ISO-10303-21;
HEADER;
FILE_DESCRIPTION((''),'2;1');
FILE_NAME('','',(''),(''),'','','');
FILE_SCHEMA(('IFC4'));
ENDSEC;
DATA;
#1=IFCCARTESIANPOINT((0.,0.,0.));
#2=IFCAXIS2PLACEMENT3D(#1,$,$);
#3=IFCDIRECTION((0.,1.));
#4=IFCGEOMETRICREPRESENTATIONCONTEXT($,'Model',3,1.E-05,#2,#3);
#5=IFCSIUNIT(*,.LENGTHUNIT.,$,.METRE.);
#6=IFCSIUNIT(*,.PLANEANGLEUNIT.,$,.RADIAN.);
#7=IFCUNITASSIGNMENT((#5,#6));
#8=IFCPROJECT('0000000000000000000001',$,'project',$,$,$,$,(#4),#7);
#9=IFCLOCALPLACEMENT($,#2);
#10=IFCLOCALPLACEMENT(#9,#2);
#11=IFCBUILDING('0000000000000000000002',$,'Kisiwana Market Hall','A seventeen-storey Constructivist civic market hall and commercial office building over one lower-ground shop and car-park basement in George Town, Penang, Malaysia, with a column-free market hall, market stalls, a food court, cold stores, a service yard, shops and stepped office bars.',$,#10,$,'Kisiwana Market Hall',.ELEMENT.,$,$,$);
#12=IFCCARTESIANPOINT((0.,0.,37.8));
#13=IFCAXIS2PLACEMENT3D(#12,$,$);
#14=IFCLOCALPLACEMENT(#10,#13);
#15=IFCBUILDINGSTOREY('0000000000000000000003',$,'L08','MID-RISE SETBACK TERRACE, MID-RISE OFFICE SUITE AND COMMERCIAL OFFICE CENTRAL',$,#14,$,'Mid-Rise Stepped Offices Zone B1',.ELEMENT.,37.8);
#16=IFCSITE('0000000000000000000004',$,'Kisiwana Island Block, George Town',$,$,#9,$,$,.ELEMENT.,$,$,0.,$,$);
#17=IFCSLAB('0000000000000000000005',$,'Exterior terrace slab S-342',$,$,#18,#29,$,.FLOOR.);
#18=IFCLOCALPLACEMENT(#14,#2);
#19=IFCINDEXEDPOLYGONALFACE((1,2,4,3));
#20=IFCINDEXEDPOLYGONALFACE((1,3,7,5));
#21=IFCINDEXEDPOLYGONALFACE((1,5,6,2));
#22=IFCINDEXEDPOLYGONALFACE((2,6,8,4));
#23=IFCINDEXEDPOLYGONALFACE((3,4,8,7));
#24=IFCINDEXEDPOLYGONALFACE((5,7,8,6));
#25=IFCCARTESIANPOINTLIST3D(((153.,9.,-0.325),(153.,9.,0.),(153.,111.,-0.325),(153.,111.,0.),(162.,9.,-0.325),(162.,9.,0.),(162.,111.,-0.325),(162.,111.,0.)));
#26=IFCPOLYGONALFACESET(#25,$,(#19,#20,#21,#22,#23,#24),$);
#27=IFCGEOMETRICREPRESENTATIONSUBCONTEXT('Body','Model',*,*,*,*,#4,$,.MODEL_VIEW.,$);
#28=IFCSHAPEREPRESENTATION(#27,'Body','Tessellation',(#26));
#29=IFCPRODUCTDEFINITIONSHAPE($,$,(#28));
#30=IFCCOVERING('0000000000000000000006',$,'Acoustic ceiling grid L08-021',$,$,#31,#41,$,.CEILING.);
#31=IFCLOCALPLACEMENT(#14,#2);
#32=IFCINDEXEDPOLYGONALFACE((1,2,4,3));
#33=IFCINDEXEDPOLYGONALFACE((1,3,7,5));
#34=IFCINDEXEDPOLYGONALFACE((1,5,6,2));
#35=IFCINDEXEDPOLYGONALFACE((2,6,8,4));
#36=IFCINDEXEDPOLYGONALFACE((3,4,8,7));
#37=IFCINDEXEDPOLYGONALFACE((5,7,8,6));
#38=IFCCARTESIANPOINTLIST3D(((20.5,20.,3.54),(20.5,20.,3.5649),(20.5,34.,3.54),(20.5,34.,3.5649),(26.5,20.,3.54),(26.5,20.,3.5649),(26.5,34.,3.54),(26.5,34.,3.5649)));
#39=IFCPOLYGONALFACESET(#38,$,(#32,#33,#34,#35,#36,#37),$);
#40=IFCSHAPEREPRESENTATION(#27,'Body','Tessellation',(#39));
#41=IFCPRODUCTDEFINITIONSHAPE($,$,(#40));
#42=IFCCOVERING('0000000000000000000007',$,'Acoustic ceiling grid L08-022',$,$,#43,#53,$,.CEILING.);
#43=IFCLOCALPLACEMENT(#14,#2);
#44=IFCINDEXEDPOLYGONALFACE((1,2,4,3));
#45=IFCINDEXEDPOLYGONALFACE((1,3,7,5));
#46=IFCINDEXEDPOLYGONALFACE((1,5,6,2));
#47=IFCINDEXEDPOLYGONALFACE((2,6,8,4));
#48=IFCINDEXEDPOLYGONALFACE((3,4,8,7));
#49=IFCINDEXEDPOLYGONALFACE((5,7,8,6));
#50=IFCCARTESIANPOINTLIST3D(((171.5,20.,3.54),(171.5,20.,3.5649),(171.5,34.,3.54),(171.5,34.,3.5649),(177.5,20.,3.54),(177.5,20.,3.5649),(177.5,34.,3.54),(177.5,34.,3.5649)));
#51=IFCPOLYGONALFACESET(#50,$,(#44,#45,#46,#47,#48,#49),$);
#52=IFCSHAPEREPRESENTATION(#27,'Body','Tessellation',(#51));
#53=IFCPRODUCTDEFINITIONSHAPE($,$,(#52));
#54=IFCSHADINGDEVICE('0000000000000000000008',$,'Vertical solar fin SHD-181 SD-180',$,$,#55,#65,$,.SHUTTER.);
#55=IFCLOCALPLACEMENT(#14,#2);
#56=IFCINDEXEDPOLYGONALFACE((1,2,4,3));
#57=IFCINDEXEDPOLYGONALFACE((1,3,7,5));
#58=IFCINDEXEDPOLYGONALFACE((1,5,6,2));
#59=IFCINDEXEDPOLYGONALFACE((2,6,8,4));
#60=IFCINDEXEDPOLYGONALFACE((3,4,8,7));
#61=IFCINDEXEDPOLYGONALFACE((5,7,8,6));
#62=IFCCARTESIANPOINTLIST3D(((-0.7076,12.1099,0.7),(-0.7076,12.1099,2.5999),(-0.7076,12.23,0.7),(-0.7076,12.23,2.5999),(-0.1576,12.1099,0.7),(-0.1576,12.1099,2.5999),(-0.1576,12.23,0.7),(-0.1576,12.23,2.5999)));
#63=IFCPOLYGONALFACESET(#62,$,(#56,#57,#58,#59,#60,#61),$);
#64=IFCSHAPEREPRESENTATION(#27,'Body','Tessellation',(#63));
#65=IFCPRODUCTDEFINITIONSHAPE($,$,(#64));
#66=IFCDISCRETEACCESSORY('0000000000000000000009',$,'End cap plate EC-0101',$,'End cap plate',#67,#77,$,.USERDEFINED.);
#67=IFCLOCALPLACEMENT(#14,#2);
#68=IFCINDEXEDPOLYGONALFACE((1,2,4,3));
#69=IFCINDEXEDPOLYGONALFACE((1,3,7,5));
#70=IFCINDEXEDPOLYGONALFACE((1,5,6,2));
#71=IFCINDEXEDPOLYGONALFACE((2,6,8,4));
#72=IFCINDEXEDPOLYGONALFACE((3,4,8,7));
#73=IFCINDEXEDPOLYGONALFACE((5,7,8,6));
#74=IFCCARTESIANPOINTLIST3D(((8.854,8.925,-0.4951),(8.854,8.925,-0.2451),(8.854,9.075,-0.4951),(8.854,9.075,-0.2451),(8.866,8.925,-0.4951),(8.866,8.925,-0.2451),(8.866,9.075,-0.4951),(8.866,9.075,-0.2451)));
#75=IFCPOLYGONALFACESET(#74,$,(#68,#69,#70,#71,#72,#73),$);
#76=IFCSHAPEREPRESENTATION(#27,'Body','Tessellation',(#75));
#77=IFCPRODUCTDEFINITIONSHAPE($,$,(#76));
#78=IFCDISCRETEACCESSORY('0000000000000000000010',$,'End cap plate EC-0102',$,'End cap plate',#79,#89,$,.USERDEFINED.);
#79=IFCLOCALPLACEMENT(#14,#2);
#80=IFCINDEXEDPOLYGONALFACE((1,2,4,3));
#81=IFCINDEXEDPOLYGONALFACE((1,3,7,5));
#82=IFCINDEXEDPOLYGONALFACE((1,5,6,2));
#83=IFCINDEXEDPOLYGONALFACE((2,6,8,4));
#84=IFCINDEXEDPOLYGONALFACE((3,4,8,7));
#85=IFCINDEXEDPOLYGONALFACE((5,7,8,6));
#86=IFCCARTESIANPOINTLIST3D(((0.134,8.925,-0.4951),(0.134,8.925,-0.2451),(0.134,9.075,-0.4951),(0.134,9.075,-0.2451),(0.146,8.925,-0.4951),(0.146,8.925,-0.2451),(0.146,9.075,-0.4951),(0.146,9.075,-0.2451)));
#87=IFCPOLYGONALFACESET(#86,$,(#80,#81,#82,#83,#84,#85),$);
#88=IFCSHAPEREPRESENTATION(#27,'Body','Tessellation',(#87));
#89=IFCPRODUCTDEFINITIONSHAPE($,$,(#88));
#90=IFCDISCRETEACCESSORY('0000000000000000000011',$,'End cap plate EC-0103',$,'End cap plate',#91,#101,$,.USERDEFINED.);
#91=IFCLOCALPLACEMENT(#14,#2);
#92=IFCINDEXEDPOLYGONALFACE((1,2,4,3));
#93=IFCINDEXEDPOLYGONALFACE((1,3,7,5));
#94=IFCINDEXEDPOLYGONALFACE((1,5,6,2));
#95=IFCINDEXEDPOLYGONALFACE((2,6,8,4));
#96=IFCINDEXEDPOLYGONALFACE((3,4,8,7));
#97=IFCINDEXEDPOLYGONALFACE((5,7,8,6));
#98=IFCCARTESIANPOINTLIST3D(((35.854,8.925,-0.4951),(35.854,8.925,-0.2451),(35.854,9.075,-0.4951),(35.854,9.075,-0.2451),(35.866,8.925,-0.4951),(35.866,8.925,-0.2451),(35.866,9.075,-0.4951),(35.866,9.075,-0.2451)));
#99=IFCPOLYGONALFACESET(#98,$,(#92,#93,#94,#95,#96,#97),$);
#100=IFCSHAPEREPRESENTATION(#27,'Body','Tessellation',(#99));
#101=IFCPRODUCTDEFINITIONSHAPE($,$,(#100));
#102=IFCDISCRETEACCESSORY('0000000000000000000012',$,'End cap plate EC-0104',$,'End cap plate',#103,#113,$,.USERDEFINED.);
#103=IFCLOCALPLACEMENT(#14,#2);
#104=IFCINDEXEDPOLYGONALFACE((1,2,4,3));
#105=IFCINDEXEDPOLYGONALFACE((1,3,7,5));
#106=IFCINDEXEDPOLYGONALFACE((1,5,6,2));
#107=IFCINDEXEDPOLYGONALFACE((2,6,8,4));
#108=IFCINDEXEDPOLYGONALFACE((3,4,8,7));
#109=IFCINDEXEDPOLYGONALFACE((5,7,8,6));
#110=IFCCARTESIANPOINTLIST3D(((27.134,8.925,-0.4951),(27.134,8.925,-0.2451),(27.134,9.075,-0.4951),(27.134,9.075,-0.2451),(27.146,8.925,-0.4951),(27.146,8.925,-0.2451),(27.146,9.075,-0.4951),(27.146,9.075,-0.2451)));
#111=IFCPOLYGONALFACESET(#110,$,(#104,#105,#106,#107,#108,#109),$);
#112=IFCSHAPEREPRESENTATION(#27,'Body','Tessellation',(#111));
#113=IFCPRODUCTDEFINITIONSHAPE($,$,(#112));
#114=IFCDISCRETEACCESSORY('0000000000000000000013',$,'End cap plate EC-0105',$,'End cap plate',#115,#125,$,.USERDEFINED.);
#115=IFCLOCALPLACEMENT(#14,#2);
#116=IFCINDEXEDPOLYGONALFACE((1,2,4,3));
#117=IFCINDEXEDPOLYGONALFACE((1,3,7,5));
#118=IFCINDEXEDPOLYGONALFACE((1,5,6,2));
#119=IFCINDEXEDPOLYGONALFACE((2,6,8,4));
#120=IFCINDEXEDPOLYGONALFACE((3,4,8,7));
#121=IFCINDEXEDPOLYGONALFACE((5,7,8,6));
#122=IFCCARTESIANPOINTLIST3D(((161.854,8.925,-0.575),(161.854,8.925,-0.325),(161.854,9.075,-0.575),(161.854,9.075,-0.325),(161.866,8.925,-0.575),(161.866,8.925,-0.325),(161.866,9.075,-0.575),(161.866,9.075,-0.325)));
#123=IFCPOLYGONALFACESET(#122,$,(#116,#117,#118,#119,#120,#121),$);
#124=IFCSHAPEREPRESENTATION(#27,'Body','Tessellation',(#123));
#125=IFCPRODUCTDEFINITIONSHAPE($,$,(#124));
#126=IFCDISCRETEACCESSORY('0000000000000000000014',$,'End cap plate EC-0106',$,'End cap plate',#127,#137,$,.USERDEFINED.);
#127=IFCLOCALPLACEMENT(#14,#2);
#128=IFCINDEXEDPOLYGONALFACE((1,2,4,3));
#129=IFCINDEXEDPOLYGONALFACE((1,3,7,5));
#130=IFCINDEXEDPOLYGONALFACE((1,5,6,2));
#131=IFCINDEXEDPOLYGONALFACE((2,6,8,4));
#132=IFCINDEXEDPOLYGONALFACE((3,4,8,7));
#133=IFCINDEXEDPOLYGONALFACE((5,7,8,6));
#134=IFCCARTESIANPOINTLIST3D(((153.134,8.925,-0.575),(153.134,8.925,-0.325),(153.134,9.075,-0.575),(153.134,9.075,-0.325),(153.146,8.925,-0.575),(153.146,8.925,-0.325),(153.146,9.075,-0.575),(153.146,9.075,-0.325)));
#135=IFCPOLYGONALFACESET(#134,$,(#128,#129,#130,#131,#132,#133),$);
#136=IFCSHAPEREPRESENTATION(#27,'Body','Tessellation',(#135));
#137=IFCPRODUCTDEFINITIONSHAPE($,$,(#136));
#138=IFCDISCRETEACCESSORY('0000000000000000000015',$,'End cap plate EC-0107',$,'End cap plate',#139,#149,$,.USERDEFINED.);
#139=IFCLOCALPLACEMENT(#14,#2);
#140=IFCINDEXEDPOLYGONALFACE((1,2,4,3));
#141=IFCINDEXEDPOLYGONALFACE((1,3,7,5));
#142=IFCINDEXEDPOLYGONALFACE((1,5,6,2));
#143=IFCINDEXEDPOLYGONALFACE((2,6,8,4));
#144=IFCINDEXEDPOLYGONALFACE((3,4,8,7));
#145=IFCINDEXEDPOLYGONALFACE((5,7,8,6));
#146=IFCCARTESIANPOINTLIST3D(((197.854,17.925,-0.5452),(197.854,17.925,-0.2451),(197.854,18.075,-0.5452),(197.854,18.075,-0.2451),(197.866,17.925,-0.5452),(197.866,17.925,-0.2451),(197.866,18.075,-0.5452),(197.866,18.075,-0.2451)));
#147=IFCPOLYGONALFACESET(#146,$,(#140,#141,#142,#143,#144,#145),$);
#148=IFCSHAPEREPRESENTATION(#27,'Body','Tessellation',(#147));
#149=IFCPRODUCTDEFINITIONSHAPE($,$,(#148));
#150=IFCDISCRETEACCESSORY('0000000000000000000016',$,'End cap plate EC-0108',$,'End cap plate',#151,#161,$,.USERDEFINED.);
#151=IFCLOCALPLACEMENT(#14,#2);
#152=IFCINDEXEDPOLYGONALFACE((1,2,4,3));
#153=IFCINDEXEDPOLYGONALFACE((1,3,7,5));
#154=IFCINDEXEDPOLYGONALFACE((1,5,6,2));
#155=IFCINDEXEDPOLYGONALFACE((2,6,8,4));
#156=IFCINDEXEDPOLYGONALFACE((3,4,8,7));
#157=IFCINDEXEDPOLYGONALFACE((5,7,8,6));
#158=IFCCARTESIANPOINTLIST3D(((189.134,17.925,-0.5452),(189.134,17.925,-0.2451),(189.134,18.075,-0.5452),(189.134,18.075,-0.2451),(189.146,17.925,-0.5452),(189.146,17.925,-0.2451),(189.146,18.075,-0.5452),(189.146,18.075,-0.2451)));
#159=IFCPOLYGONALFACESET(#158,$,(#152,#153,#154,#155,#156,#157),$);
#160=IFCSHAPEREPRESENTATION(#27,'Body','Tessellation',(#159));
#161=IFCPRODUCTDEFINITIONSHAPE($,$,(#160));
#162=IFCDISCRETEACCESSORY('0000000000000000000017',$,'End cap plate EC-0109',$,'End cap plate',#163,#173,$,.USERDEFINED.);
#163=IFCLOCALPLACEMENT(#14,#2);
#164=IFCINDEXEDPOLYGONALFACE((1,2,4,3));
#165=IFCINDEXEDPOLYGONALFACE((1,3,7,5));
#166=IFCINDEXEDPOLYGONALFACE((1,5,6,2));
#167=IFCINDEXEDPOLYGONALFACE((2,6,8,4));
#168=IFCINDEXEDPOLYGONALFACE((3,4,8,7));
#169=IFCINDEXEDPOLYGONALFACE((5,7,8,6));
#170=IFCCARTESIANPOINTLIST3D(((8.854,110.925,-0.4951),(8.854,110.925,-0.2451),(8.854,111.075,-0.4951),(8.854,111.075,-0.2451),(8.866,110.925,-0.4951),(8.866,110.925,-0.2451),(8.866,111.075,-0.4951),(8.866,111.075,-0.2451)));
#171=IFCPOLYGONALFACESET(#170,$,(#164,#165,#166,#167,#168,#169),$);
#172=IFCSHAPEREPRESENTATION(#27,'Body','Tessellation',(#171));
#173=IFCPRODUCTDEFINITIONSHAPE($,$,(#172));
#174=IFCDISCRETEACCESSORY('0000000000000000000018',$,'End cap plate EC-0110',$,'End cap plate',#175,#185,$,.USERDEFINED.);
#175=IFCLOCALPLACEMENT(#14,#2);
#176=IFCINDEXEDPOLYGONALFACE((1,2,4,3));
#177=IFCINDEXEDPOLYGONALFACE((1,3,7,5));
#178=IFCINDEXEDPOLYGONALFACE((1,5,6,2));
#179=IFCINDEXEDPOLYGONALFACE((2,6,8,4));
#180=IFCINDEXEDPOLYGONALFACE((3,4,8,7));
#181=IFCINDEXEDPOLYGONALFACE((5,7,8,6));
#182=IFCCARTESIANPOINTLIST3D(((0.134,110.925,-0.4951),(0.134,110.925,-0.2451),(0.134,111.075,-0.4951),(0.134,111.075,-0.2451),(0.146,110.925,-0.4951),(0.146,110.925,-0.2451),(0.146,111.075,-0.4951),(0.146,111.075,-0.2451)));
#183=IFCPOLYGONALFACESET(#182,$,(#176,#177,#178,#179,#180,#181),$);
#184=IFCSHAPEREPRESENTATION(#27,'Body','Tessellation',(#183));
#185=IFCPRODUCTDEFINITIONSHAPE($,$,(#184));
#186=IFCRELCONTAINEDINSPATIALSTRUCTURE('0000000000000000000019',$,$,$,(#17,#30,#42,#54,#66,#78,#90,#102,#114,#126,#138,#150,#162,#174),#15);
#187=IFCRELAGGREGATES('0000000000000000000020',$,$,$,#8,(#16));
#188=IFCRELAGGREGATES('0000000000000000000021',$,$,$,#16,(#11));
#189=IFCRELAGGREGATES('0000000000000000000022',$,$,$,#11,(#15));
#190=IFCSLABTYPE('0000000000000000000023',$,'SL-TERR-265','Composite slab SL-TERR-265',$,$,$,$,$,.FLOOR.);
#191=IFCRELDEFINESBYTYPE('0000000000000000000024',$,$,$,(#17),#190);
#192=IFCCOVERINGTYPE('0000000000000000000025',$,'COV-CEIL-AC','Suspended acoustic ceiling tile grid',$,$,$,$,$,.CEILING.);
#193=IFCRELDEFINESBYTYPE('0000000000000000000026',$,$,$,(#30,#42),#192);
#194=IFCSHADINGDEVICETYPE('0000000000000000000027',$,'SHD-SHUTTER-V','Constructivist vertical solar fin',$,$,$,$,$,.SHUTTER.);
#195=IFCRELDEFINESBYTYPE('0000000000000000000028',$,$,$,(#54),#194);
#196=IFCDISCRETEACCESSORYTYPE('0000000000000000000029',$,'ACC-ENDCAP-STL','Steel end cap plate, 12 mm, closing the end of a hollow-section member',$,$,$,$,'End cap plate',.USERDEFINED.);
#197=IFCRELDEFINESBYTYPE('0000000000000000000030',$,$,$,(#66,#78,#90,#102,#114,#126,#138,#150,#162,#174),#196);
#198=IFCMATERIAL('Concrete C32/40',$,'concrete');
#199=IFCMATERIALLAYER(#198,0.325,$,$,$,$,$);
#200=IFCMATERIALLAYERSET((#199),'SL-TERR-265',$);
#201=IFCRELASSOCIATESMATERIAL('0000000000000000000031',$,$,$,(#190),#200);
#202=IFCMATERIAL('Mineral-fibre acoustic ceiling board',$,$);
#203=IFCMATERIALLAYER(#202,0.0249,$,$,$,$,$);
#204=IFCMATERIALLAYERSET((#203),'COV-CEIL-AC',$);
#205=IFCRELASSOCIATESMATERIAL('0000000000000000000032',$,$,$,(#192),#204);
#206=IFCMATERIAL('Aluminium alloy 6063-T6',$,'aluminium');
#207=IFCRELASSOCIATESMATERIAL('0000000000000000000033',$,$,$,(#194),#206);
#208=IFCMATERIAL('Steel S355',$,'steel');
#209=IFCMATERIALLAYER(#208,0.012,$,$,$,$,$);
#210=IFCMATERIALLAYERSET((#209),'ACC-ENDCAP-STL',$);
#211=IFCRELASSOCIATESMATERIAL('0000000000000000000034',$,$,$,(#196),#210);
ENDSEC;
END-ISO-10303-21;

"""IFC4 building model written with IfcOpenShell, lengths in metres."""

from ifc_helpers import new_model, si_unit, direction, frame, origin, origin_2d, place, context, subcontext, project, spatial, polyline, rectangle, outline, extrude, material, layer, layer_set, type_object, element, save


model = new_model("IFC4")

# Units and contexts
model_context = context("Model", 3, precision=1e-05, world=origin(), true_north=direction((0.0, 1.0)))
body_context = subcontext(model_context, "Body", "Model", "MODEL_VIEW")
ifc_project = project(units=[si_unit("LENGTHUNIT", "METRE"), si_unit("PLANEANGLEUNIT", "RADIAN")], contexts=[model_context])

# Site, building, storey
site_placement = place(None, origin())
site = spatial("IfcSite", under=ifc_project, at=site_placement, Name="Kisiwana Island Block, George Town", CompositionType="ELEMENT", RefElevation=0.0)
building_placement = place(site_placement, origin())
building = spatial("IfcBuilding", under=site, at=building_placement, Name="Kisiwana Market Hall", Description="A seventeen-storey Constructivist civic market hall and commercial office building over one lower-ground shop and car-park basement in George Town, Penang, Malaysia, with a column-free market hall, market stalls, a food court, cold stores, a service yard, shops and stepped office bars.", LongName="Kisiwana Market Hall", CompositionType="ELEMENT")
storey_placement = place(building_placement, frame((0.0, 0.0, 37.8)))
storey = spatial("IfcBuildingStorey", under=building, at=storey_placement, Name="L08", Description="MID-RISE SETBACK TERRACE, MID-RISE OFFICE SUITE AND COMMERCIAL OFFICE CENTRAL", LongName="Mid-Rise Stepped Offices Zone B1", CompositionType="ELEMENT", Elevation=37.8)

# Slab
ifc_material_1 = material(Name="Concrete C32/40", Category="concrete")
ifc_layer_1 = layer(ifc_material_1, 0.325)
ifc_layer_set_1 = layer_set([ifc_layer_1], Name="SL-TERR-265")
slab_type_1 = type_object("IfcSlabType", Name="SL-TERR-265", Description="Composite slab SL-TERR-265", PredefinedType="FLOOR", material=ifc_layer_set_1)
slab_1_placement = place(storey_placement, frame((0.0, 0.0, -0.325)))
element("IfcSlab", 1, at=slab_1_placement, inside=storey, type_object=slab_type_1, Name="Exterior terrace slab S-342", PredefinedType="FLOOR", context=body_context, shape_type="SweptSolid", body=[
    extrude(outline(polyline([(153.0, 9.0), (162.0, 9.0), (162.0, 111.0), (153.0, 111.0), (153.0, 9.0)])), origin(), (0.0, 0.0, 1.0), 0.325),
])

# Coverings
ifc_material_2 = material(Name="Mineral-fibre acoustic ceiling board")
ifc_layer_2 = layer(ifc_material_2, 0.0249)
ifc_layer_set_2 = layer_set([ifc_layer_2], Name="COV-CEIL-AC")
covering_type = type_object("IfcCoveringType", Name="COV-CEIL-AC", Description="Suspended acoustic ceiling tile grid", PredefinedType="CEILING", material=ifc_layer_set_2)
covering_1_placement = place(storey_placement, frame((0.0, 0.0, 3.54)))
element("IfcCovering", 2, at=covering_1_placement, inside=storey, type_object=covering_type, Name="Acoustic ceiling grid L08-021", PredefinedType="CEILING", context=body_context, shape_type="SweptSolid", body=[
    extrude(outline(polyline([(20.5, 20.0), (26.5, 20.0), (26.5, 34.0), (20.5, 34.0), (20.5, 20.0)])), origin(), (0.0, 0.0, 1.0), 0.0249),
])
covering_2_placement = place(storey_placement, frame((0.0, 0.0, 3.54)))
element("IfcCovering", 3, at=covering_2_placement, inside=storey, type_object=covering_type, Name="Acoustic ceiling grid L08-022", PredefinedType="CEILING", context=body_context, shape_type="SweptSolid", body=[
    extrude(outline(polyline([(171.5, 20.0), (177.5, 20.0), (177.5, 34.0), (171.5, 34.0), (171.5, 20.0)])), origin(), (0.0, 0.0, 1.0), 0.0249),
])

# Shading device
ifc_material_3 = material(Name="Aluminium alloy 6063-T6", Category="aluminium")
shading_device_type = type_object("IfcShadingDeviceType", Name="SHD-SHUTTER-V", Description="Constructivist vertical solar fin", PredefinedType="SHUTTER", material=ifc_material_3)
shading_device_placement = place(storey_placement, frame((-0.4326, 12.1699, 0.7), z_axis=(0.0, 0.0, 1.0), x_axis=(0.0, 1.0, 0.0)))
element("IfcShadingDevice", 4, at=shading_device_placement, inside=storey, type_object=shading_device_type, Name="Vertical solar fin SHD-181 SD-180", PredefinedType="SHUTTER", context=body_context, shape_type="SweptSolid", body=[
    extrude(rectangle(XDim=0.1201, YDim=0.55, at=origin_2d()), origin(), (0.0, 0.0, 1.0), 1.8999),
])

# Discrete accessories
ifc_material_4 = material(Name="Steel S355", Category="steel")
ifc_layer_3 = layer(ifc_material_4, 0.012)
ifc_layer_set_3 = layer_set([ifc_layer_3], Name="ACC-ENDCAP-STL")
discrete_accessory_type = type_object("IfcDiscreteAccessoryType", Name="ACC-ENDCAP-STL", Description="Steel end cap plate, 12 mm, closing the end of a hollow-section member", ElementType="End cap plate", PredefinedType="USERDEFINED", material=ifc_layer_set_3)
discrete_accessory_1_placement = place(storey_placement, frame((0.0, 0.0, -0.4951)))
element("IfcDiscreteAccessory", 5, at=discrete_accessory_1_placement, inside=storey, type_object=discrete_accessory_type, Name="End cap plate EC-0101", ObjectType="End cap plate", PredefinedType="USERDEFINED", context=body_context, shape_type="SweptSolid", body=[
    extrude(outline(polyline([(8.854, 8.925), (8.866, 8.925), (8.866, 9.075), (8.854, 9.075), (8.854, 8.925)])), origin(), (0.0, 0.0, 1.0), 0.25),
])
discrete_accessory_2_placement = place(storey_placement, frame((0.0, 0.0, -0.4951)))
element("IfcDiscreteAccessory", 6, at=discrete_accessory_2_placement, inside=storey, type_object=discrete_accessory_type, Name="End cap plate EC-0102", ObjectType="End cap plate", PredefinedType="USERDEFINED", context=body_context, shape_type="SweptSolid", body=[
    extrude(outline(polyline([(0.146, 8.925), (0.146, 9.075), (0.134, 9.075), (0.134, 8.925), (0.146, 8.925)])), origin(), (0.0, 0.0, 1.0), 0.25),
])
discrete_accessory_3_placement = place(storey_placement, frame((0.0, 0.0, -0.4951)))
element("IfcDiscreteAccessory", 7, at=discrete_accessory_3_placement, inside=storey, type_object=discrete_accessory_type, Name="End cap plate EC-0103", ObjectType="End cap plate", PredefinedType="USERDEFINED", context=body_context, shape_type="SweptSolid", body=[
    extrude(outline(polyline([(35.854, 8.925), (35.866, 8.925), (35.866, 9.075), (35.854, 9.075), (35.854, 8.925)])), origin(), (0.0, 0.0, 1.0), 0.25),
])
discrete_accessory_4_placement = place(storey_placement, frame((0.0, 0.0, -0.4951)))
element("IfcDiscreteAccessory", 8, at=discrete_accessory_4_placement, inside=storey, type_object=discrete_accessory_type, Name="End cap plate EC-0104", ObjectType="End cap plate", PredefinedType="USERDEFINED", context=body_context, shape_type="SweptSolid", body=[
    extrude(outline(polyline([(27.146, 8.925), (27.146, 9.075), (27.134, 9.075), (27.134, 8.925), (27.146, 8.925)])), origin(), (0.0, 0.0, 1.0), 0.25),
])
discrete_accessory_5_placement = place(storey_placement, frame((0.0, 0.0, -0.575)))
element("IfcDiscreteAccessory", 9, at=discrete_accessory_5_placement, inside=storey, type_object=discrete_accessory_type, Name="End cap plate EC-0105", ObjectType="End cap plate", PredefinedType="USERDEFINED", context=body_context, shape_type="SweptSolid", body=[
    extrude(outline(polyline([(161.854, 8.925), (161.866, 8.925), (161.866, 9.075), (161.854, 9.075), (161.854, 8.925)])), origin(), (0.0, 0.0, 1.0), 0.25),
])
discrete_accessory_6_placement = place(storey_placement, frame((0.0, 0.0, -0.575)))
element("IfcDiscreteAccessory", 10, at=discrete_accessory_6_placement, inside=storey, type_object=discrete_accessory_type, Name="End cap plate EC-0106", ObjectType="End cap plate", PredefinedType="USERDEFINED", context=body_context, shape_type="SweptSolid", body=[
    extrude(outline(polyline([(153.146, 8.925), (153.146, 9.075), (153.134, 9.075), (153.134, 8.925), (153.146, 8.925)])), origin(), (0.0, 0.0, 1.0), 0.25),
])
discrete_accessory_7_placement = place(storey_placement, frame((0.0, 0.0, -0.5452)))
element("IfcDiscreteAccessory", 11, at=discrete_accessory_7_placement, inside=storey, type_object=discrete_accessory_type, Name="End cap plate EC-0107", ObjectType="End cap plate", PredefinedType="USERDEFINED", context=body_context, shape_type="SweptSolid", body=[
    extrude(outline(polyline([(197.854, 17.925), (197.866, 17.925), (197.866, 18.075), (197.854, 18.075), (197.854, 17.925)])), origin(), (0.0, 0.0, 1.0), 0.3),
])
discrete_accessory_8_placement = place(storey_placement, frame((0.0, 0.0, -0.5452)))
element("IfcDiscreteAccessory", 12, at=discrete_accessory_8_placement, inside=storey, type_object=discrete_accessory_type, Name="End cap plate EC-0108", ObjectType="End cap plate", PredefinedType="USERDEFINED", context=body_context, shape_type="SweptSolid", body=[
    extrude(outline(polyline([(189.146, 17.925), (189.146, 18.075), (189.134, 18.075), (189.134, 17.925), (189.146, 17.925)])), origin(), (0.0, 0.0, 1.0), 0.3),
])
discrete_accessory_9_placement = place(storey_placement, frame((0.0, 0.0, -0.4951)))
element("IfcDiscreteAccessory", 13, at=discrete_accessory_9_placement, inside=storey, type_object=discrete_accessory_type, Name="End cap plate EC-0109", ObjectType="End cap plate", PredefinedType="USERDEFINED", context=body_context, shape_type="SweptSolid", body=[
    extrude(outline(polyline([(8.854, 110.925), (8.866, 110.925), (8.866, 111.075), (8.854, 111.075), (8.854, 110.925)])), origin(), (0.0, 0.0, 1.0), 0.25),
])
discrete_accessory_10_placement = place(storey_placement, frame((0.0, 0.0, -0.4951)))
element("IfcDiscreteAccessory", 14, at=discrete_accessory_10_placement, inside=storey, type_object=discrete_accessory_type, Name="End cap plate EC-0110", ObjectType="End cap plate", PredefinedType="USERDEFINED", context=body_context, shape_type="SweptSolid", body=[
    extrude(outline(polyline([(0.146, 110.925), (0.146, 111.075), (0.134, 111.075), (0.134, 110.925), (0.146, 110.925)])), origin(), (0.0, 0.0, 1.0), 0.25),
])

save(model, "model.ifc")
